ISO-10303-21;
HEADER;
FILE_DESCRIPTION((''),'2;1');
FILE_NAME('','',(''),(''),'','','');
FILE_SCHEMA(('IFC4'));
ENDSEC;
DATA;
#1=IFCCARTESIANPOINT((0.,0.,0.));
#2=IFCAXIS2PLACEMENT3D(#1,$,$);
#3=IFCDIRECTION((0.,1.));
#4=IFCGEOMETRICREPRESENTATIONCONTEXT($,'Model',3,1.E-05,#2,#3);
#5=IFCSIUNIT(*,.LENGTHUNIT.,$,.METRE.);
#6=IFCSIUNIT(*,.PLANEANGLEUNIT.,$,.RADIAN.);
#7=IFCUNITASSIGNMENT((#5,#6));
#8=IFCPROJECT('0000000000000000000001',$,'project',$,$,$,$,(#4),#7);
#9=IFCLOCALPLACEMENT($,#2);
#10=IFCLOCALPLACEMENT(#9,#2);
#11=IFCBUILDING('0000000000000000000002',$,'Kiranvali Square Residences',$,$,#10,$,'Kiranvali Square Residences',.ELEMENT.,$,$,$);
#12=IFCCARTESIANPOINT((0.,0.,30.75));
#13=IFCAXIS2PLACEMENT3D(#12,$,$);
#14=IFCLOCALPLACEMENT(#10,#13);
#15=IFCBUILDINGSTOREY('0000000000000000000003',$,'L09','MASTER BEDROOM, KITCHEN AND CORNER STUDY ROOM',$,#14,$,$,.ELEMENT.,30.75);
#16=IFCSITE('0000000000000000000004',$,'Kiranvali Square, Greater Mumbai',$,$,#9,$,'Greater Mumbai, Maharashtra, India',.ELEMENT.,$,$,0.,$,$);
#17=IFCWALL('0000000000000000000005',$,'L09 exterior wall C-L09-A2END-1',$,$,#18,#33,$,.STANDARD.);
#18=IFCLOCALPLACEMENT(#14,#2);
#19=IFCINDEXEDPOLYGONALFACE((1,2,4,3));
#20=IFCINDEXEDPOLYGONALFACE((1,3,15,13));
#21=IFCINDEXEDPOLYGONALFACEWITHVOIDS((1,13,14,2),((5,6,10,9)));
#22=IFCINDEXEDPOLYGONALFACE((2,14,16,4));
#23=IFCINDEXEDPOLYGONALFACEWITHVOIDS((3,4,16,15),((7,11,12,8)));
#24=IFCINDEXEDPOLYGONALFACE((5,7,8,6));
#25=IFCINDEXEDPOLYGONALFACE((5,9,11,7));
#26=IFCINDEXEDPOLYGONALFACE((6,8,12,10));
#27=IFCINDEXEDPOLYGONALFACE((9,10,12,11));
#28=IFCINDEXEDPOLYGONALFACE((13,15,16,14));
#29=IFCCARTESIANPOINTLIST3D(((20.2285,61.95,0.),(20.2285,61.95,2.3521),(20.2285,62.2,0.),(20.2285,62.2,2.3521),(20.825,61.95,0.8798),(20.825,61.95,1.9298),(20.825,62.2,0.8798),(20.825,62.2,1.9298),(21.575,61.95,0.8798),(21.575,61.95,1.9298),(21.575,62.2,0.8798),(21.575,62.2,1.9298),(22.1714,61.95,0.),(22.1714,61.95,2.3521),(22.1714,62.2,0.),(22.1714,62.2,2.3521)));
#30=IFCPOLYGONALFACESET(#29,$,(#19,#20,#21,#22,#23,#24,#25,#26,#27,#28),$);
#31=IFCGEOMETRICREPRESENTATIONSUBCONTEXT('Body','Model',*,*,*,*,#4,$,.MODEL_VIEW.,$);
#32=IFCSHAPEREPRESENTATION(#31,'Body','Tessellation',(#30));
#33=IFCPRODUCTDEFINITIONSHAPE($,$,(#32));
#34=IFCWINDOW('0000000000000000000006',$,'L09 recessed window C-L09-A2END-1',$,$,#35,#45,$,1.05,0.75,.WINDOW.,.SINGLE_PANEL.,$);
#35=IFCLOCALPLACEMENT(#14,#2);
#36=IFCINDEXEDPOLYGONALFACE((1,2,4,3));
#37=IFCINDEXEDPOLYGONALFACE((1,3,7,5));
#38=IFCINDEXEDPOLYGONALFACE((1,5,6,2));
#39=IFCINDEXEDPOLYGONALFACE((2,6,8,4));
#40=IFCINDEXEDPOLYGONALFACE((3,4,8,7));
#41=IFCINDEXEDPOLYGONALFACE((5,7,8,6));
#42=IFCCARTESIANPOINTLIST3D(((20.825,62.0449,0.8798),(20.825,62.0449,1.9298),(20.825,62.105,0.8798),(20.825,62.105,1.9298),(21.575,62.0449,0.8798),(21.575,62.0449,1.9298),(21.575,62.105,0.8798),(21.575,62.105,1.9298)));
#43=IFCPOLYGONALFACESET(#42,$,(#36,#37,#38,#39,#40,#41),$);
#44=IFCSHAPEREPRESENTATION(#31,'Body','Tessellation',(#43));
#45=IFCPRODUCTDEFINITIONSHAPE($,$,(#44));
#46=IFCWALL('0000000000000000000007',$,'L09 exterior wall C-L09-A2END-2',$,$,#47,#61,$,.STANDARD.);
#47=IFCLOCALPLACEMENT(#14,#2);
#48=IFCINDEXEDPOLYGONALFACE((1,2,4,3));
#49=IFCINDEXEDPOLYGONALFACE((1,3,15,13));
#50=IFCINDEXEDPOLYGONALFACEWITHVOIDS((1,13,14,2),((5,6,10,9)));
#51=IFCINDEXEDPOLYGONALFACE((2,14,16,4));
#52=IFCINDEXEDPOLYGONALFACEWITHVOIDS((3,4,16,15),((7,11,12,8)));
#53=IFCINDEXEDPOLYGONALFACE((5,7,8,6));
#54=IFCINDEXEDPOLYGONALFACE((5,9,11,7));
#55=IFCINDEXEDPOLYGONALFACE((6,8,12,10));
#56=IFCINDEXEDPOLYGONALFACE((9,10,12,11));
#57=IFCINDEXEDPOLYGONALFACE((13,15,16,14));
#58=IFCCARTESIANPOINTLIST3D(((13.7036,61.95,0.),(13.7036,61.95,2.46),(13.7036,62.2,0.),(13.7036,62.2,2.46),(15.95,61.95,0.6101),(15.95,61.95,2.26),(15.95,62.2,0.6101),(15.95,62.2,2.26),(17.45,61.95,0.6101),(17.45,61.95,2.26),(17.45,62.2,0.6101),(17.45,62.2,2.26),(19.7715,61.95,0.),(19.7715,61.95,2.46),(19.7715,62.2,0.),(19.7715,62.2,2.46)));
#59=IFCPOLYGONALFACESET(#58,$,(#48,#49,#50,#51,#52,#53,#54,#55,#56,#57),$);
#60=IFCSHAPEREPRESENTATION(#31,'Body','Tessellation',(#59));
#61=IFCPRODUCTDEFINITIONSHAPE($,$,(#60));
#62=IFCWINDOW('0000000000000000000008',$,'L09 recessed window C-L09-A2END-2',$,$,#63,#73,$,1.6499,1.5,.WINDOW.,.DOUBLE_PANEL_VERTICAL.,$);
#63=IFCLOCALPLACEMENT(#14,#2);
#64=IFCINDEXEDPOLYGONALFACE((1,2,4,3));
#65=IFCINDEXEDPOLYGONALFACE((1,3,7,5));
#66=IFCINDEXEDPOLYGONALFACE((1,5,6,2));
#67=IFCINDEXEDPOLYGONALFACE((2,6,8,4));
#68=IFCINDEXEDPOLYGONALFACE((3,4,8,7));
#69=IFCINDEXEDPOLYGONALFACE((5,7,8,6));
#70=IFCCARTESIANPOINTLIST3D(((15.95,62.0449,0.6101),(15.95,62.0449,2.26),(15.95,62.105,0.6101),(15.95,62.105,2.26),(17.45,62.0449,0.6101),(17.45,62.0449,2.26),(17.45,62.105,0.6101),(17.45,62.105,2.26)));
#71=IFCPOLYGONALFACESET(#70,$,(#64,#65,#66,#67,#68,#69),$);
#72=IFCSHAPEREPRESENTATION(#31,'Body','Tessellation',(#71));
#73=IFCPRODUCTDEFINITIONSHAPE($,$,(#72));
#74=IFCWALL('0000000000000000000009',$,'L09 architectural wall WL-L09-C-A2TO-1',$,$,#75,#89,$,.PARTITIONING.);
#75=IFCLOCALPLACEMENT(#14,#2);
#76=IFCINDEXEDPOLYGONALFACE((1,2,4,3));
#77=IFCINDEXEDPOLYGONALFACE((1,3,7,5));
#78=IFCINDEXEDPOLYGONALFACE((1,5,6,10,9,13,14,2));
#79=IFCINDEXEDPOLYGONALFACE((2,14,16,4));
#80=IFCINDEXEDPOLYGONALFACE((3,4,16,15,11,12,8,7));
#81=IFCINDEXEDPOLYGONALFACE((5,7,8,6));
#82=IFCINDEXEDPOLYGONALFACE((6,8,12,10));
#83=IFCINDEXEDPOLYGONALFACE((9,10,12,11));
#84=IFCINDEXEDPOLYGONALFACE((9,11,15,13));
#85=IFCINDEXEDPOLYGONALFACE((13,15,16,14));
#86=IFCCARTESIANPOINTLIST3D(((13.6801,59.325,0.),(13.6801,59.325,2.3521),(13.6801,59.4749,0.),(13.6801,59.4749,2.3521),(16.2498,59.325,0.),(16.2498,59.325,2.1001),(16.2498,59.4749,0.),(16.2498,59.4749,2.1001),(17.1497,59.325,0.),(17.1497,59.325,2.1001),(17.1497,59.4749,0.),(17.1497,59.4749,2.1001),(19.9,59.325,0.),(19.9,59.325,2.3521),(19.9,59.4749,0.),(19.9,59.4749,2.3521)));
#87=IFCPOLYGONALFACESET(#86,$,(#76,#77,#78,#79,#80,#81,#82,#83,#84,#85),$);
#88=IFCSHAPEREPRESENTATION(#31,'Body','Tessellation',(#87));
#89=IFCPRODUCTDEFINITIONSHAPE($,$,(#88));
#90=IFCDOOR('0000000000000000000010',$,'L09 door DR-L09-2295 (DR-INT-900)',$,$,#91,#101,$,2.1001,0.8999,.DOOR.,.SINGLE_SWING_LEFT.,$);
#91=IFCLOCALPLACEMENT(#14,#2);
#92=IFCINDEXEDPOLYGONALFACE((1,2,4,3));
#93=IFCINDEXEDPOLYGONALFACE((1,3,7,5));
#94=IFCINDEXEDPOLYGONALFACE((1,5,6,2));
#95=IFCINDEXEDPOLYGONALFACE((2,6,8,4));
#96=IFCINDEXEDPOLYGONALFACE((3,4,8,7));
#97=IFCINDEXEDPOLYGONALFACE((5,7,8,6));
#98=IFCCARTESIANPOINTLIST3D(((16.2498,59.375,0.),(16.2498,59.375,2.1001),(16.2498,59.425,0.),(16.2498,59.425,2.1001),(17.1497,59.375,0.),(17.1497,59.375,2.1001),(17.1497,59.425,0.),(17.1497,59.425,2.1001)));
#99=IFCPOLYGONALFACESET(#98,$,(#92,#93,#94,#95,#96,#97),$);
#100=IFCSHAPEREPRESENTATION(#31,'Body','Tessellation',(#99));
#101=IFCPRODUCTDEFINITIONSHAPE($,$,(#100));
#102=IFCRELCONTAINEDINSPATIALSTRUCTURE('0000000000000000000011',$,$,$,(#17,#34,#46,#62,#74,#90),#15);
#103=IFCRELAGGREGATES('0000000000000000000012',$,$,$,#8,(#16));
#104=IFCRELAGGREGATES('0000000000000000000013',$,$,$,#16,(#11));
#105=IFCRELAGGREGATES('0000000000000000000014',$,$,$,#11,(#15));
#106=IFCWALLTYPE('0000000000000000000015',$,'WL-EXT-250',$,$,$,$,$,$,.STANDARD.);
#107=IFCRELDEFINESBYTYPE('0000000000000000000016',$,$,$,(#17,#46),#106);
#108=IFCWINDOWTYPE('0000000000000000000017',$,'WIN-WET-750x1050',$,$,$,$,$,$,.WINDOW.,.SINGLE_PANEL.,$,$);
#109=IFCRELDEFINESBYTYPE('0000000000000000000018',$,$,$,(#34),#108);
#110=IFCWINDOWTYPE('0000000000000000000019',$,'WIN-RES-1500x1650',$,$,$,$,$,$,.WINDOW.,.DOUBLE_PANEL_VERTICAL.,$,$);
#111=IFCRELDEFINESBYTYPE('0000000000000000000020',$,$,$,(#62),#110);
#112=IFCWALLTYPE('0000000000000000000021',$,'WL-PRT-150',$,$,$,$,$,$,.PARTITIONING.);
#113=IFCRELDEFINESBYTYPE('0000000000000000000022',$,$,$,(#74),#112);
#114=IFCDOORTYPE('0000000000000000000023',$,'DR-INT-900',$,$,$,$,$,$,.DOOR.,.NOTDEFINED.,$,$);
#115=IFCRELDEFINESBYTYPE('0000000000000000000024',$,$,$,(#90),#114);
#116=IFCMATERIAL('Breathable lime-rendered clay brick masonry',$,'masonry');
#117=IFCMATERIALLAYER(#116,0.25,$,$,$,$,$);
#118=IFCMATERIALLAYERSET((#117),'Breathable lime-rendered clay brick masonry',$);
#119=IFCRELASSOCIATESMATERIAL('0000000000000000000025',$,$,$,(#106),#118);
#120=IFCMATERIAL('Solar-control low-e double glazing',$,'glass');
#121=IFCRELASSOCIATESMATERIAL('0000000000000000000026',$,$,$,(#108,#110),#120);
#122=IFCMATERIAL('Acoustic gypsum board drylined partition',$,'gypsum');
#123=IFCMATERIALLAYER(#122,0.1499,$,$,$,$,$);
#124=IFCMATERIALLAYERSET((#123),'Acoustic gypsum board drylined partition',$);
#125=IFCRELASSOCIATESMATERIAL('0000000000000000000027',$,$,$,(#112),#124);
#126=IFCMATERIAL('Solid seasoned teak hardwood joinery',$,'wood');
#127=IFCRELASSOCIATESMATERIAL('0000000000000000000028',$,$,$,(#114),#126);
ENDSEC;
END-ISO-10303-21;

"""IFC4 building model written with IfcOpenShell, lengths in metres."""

from ifc_helpers import new_model, si_unit, direction, frame, frame_2d, origin, place, context, subcontext, project, spatial, rectangle, extrude, material, layer, layer_set, type_object, element, fill, save


model = new_model("IFC4")

# Units and contexts
model_context = context("Model", 3, precision=1e-05, world=origin(), true_north=direction((0.0, 1.0)))
body_context = subcontext(model_context, "Body", "Model", "MODEL_VIEW")
ifc_project = project(units=[si_unit("LENGTHUNIT", "METRE"), si_unit("PLANEANGLEUNIT", "RADIAN")], contexts=[model_context])

# Site, building, storey
site_placement = place(None, origin())
site = spatial("IfcSite", under=ifc_project, at=site_placement, Name="Kiranvali Square, Greater Mumbai", LongName="Greater Mumbai, Maharashtra, India", CompositionType="ELEMENT", RefElevation=0.0)
building_placement = place(site_placement, origin())
building = spatial("IfcBuilding", under=site, at=building_placement, Name="Kiranvali Square Residences", LongName="Kiranvali Square Residences", CompositionType="ELEMENT")
storey_placement = place(building_placement, frame((0.0, 0.0, 30.75)))
storey = spatial("IfcBuildingStorey", under=building, at=storey_placement, Name="L09", Description="MASTER BEDROOM, KITCHEN AND CORNER STUDY ROOM", CompositionType="ELEMENT", Elevation=30.75)

# Walls, openings, windows
ifc_material_1 = material(Name="Breathable lime-rendered clay brick masonry", Category="masonry")
ifc_layer_1 = layer(ifc_material_1, 0.25)
ifc_layer_set_1 = layer_set([ifc_layer_1], Name="Breathable lime-rendered clay brick masonry")
wall_type_1 = type_object("IfcWallType", Name="WL-EXT-250", PredefinedType="STANDARD", material=ifc_layer_set_1)
ifc_material_2 = material(Name="Solar-control low-e double glazing", Category="glass")
wall_1_placement = place(storey_placement, frame((22.1714, 62.075, 0.0), z_axis=(0.0, 0.0, 1.0), x_axis=(-1.0, 0.0, 0.0)))
wall_1 = element("IfcWall", 1, at=wall_1_placement, inside=storey, type_object=wall_type_1, Name="L09 exterior wall C-L09-A2END-1", PredefinedType="STANDARD", context=body_context, shape_type="SweptSolid", body=[
    extrude(rectangle(XDim=1.9429, YDim=0.25, at=frame_2d((0.9714, 0.0))), origin(), (0.0, 0.0, 1.0), 2.3521),
])
opening_1_placement = place(wall_1_placement, frame((0.5964, 0.0, 0.8799)))
opening_1 = element("IfcOpeningElement", 2, at=opening_1_placement, cuts=wall_1, PredefinedType="OPENING", context=body_context, shape_type="SweptSolid", body=[
    extrude(rectangle(XDim=0.75, YDim=1.05, at=frame_2d((0.375, 0.5249))), frame((0.0, 0.135, 0.0), z_axis=(0.0, -1.0, 0.0), x_axis=(1.0, 0.0, 0.0)), (0.0, 0.0, 1.0), 0.27),
])
window_type_1 = type_object("IfcWindowType", Name="WIN-WET-750x1050", PartitioningType="SINGLE_PANEL", PredefinedType="WINDOW", material=ifc_material_2)
window_1_placement = place(opening_1_placement, origin())
window_1 = element("IfcWindow", 3, at=window_1_placement, inside=storey, type_object=window_type_1, Name="L09 recessed window C-L09-A2END-1", OverallHeight=1.05, OverallWidth=0.75, PartitioningType="SINGLE_PANEL", PredefinedType="WINDOW", context=body_context, shape_type="SweptSolid", body=[
    extrude(rectangle(XDim=0.75, YDim=1.05, at=frame_2d((0.375, 0.5249))), frame((0.0, 0.03, 0.0), z_axis=(0.0, -1.0, 0.0), x_axis=(1.0, 0.0, 0.0)), (0.0, 0.0, 1.0), 0.0601),
])
fill(opening_1, window_1)
wall_2_placement = place(storey_placement, frame((19.7715, 62.075, 0.0), z_axis=(0.0, 0.0, 1.0), x_axis=(-1.0, 0.0, 0.0)))
wall_2 = element("IfcWall", 4, at=wall_2_placement, inside=storey, type_object=wall_type_1, Name="L09 exterior wall C-L09-A2END-2", PredefinedType="STANDARD", context=body_context, shape_type="SweptSolid", body=[
    extrude(rectangle(XDim=6.0679, YDim=0.25, at=frame_2d((3.0339, 0.0))), origin(), (0.0, 0.0, 1.0), 2.46),
])
opening_2_placement = place(wall_2_placement, frame((2.3215, 0.0, 0.6101)))
opening_2 = element("IfcOpeningElement", 5, at=opening_2_placement, cuts=wall_2, PredefinedType="OPENING", context=body_context, shape_type="SweptSolid", body=[
    extrude(rectangle(XDim=1.5, YDim=1.6499, at=frame_2d((0.75, 0.825))), frame((0.0, 0.135, 0.0), z_axis=(0.0, -1.0, 0.0), x_axis=(1.0, 0.0, 0.0)), (0.0, 0.0, 1.0), 0.27),
])
window_type_2 = type_object("IfcWindowType", Name="WIN-RES-1500x1650", PartitioningType="DOUBLE_PANEL_VERTICAL", PredefinedType="WINDOW", material=ifc_material_2)
window_2_placement = place(opening_2_placement, origin())
window_2 = element("IfcWindow", 6, at=window_2_placement, inside=storey, type_object=window_type_2, Name="L09 recessed window C-L09-A2END-2", OverallHeight=1.6499, OverallWidth=1.5, PartitioningType="DOUBLE_PANEL_VERTICAL", PredefinedType="WINDOW", context=body_context, shape_type="SweptSolid", body=[
    extrude(rectangle(XDim=1.5, YDim=1.6499, at=frame_2d((0.75, 0.825))), frame((0.0, 0.03, 0.0), z_axis=(0.0, -1.0, 0.0), x_axis=(1.0, 0.0, 0.0)), (0.0, 0.0, 1.0), 0.0601),
])
fill(opening_2, window_2)

# Wall, opening, door
ifc_material_3 = material(Name="Acoustic gypsum board drylined partition", Category="gypsum")
ifc_layer_2 = layer(ifc_material_3, 0.1499)
ifc_layer_set_2 = layer_set([ifc_layer_2], Name="Acoustic gypsum board drylined partition")
wall_type_2 = type_object("IfcWallType", Name="WL-PRT-150", PredefinedType="PARTITIONING", material=ifc_layer_set_2)
wall_3_placement = place(storey_placement, frame((19.8999, 59.3999, 0.0), z_axis=(0.0, 0.0, 1.0), x_axis=(-1.0, 0.0, 0.0)))
wall_3 = element("IfcWall", 7, at=wall_3_placement, inside=storey, type_object=wall_type_2, Name="L09 architectural wall WL-L09-C-A2TO-1", PredefinedType="PARTITIONING", context=body_context, shape_type="SweptSolid", body=[
    extrude(rectangle(XDim=6.22, YDim=0.1499, at=frame_2d((3.1099, 0.0))), origin(), (0.0, 0.0, 1.0), 2.3521),
])
opening_3_placement = place(wall_3_placement, frame((2.7502, 0.0, 0.0)))
opening_3 = element("IfcOpeningElement", 8, at=opening_3_placement, cuts=wall_3, PredefinedType="OPENING", context=body_context, shape_type="SweptSolid", body=[
    extrude(rectangle(XDim=0.8999, YDim=2.1001, at=frame_2d((0.45, 1.05))), frame((0.0, 0.085, 0.0), z_axis=(0.0, -1.0, 0.0), x_axis=(1.0, 0.0, 0.0)), (0.0, 0.0, 1.0), 0.1699),
])
ifc_material_4 = material(Name="Solid seasoned teak hardwood joinery", Category="wood")
door_type_1 = type_object("IfcDoorType", Name="DR-INT-900", OperationType="NOTDEFINED", PredefinedType="DOOR", material=ifc_material_4)
door_1_placement = place(opening_3_placement, origin())
door_1 = element("IfcDoor", 9, at=door_1_placement, inside=storey, type_object=door_type_1, Name="L09 door DR-L09-2295 (DR-INT-900)", OperationType="SINGLE_SWING_LEFT", OverallHeight=2.1001, OverallWidth=0.8999, PredefinedType="DOOR", context=body_context, shape_type="SweptSolid", body=[
    extrude(rectangle(XDim=0.8999, YDim=2.1001, at=frame_2d((0.45, 1.05))), frame((0.0, 0.0249, 0.0), z_axis=(0.0, -1.0, 0.0), x_axis=(1.0, 0.0, 0.0)), (0.0, 0.0, 1.0), 0.05),
])
fill(opening_3, door_1)

save(model, "model.ifc")
